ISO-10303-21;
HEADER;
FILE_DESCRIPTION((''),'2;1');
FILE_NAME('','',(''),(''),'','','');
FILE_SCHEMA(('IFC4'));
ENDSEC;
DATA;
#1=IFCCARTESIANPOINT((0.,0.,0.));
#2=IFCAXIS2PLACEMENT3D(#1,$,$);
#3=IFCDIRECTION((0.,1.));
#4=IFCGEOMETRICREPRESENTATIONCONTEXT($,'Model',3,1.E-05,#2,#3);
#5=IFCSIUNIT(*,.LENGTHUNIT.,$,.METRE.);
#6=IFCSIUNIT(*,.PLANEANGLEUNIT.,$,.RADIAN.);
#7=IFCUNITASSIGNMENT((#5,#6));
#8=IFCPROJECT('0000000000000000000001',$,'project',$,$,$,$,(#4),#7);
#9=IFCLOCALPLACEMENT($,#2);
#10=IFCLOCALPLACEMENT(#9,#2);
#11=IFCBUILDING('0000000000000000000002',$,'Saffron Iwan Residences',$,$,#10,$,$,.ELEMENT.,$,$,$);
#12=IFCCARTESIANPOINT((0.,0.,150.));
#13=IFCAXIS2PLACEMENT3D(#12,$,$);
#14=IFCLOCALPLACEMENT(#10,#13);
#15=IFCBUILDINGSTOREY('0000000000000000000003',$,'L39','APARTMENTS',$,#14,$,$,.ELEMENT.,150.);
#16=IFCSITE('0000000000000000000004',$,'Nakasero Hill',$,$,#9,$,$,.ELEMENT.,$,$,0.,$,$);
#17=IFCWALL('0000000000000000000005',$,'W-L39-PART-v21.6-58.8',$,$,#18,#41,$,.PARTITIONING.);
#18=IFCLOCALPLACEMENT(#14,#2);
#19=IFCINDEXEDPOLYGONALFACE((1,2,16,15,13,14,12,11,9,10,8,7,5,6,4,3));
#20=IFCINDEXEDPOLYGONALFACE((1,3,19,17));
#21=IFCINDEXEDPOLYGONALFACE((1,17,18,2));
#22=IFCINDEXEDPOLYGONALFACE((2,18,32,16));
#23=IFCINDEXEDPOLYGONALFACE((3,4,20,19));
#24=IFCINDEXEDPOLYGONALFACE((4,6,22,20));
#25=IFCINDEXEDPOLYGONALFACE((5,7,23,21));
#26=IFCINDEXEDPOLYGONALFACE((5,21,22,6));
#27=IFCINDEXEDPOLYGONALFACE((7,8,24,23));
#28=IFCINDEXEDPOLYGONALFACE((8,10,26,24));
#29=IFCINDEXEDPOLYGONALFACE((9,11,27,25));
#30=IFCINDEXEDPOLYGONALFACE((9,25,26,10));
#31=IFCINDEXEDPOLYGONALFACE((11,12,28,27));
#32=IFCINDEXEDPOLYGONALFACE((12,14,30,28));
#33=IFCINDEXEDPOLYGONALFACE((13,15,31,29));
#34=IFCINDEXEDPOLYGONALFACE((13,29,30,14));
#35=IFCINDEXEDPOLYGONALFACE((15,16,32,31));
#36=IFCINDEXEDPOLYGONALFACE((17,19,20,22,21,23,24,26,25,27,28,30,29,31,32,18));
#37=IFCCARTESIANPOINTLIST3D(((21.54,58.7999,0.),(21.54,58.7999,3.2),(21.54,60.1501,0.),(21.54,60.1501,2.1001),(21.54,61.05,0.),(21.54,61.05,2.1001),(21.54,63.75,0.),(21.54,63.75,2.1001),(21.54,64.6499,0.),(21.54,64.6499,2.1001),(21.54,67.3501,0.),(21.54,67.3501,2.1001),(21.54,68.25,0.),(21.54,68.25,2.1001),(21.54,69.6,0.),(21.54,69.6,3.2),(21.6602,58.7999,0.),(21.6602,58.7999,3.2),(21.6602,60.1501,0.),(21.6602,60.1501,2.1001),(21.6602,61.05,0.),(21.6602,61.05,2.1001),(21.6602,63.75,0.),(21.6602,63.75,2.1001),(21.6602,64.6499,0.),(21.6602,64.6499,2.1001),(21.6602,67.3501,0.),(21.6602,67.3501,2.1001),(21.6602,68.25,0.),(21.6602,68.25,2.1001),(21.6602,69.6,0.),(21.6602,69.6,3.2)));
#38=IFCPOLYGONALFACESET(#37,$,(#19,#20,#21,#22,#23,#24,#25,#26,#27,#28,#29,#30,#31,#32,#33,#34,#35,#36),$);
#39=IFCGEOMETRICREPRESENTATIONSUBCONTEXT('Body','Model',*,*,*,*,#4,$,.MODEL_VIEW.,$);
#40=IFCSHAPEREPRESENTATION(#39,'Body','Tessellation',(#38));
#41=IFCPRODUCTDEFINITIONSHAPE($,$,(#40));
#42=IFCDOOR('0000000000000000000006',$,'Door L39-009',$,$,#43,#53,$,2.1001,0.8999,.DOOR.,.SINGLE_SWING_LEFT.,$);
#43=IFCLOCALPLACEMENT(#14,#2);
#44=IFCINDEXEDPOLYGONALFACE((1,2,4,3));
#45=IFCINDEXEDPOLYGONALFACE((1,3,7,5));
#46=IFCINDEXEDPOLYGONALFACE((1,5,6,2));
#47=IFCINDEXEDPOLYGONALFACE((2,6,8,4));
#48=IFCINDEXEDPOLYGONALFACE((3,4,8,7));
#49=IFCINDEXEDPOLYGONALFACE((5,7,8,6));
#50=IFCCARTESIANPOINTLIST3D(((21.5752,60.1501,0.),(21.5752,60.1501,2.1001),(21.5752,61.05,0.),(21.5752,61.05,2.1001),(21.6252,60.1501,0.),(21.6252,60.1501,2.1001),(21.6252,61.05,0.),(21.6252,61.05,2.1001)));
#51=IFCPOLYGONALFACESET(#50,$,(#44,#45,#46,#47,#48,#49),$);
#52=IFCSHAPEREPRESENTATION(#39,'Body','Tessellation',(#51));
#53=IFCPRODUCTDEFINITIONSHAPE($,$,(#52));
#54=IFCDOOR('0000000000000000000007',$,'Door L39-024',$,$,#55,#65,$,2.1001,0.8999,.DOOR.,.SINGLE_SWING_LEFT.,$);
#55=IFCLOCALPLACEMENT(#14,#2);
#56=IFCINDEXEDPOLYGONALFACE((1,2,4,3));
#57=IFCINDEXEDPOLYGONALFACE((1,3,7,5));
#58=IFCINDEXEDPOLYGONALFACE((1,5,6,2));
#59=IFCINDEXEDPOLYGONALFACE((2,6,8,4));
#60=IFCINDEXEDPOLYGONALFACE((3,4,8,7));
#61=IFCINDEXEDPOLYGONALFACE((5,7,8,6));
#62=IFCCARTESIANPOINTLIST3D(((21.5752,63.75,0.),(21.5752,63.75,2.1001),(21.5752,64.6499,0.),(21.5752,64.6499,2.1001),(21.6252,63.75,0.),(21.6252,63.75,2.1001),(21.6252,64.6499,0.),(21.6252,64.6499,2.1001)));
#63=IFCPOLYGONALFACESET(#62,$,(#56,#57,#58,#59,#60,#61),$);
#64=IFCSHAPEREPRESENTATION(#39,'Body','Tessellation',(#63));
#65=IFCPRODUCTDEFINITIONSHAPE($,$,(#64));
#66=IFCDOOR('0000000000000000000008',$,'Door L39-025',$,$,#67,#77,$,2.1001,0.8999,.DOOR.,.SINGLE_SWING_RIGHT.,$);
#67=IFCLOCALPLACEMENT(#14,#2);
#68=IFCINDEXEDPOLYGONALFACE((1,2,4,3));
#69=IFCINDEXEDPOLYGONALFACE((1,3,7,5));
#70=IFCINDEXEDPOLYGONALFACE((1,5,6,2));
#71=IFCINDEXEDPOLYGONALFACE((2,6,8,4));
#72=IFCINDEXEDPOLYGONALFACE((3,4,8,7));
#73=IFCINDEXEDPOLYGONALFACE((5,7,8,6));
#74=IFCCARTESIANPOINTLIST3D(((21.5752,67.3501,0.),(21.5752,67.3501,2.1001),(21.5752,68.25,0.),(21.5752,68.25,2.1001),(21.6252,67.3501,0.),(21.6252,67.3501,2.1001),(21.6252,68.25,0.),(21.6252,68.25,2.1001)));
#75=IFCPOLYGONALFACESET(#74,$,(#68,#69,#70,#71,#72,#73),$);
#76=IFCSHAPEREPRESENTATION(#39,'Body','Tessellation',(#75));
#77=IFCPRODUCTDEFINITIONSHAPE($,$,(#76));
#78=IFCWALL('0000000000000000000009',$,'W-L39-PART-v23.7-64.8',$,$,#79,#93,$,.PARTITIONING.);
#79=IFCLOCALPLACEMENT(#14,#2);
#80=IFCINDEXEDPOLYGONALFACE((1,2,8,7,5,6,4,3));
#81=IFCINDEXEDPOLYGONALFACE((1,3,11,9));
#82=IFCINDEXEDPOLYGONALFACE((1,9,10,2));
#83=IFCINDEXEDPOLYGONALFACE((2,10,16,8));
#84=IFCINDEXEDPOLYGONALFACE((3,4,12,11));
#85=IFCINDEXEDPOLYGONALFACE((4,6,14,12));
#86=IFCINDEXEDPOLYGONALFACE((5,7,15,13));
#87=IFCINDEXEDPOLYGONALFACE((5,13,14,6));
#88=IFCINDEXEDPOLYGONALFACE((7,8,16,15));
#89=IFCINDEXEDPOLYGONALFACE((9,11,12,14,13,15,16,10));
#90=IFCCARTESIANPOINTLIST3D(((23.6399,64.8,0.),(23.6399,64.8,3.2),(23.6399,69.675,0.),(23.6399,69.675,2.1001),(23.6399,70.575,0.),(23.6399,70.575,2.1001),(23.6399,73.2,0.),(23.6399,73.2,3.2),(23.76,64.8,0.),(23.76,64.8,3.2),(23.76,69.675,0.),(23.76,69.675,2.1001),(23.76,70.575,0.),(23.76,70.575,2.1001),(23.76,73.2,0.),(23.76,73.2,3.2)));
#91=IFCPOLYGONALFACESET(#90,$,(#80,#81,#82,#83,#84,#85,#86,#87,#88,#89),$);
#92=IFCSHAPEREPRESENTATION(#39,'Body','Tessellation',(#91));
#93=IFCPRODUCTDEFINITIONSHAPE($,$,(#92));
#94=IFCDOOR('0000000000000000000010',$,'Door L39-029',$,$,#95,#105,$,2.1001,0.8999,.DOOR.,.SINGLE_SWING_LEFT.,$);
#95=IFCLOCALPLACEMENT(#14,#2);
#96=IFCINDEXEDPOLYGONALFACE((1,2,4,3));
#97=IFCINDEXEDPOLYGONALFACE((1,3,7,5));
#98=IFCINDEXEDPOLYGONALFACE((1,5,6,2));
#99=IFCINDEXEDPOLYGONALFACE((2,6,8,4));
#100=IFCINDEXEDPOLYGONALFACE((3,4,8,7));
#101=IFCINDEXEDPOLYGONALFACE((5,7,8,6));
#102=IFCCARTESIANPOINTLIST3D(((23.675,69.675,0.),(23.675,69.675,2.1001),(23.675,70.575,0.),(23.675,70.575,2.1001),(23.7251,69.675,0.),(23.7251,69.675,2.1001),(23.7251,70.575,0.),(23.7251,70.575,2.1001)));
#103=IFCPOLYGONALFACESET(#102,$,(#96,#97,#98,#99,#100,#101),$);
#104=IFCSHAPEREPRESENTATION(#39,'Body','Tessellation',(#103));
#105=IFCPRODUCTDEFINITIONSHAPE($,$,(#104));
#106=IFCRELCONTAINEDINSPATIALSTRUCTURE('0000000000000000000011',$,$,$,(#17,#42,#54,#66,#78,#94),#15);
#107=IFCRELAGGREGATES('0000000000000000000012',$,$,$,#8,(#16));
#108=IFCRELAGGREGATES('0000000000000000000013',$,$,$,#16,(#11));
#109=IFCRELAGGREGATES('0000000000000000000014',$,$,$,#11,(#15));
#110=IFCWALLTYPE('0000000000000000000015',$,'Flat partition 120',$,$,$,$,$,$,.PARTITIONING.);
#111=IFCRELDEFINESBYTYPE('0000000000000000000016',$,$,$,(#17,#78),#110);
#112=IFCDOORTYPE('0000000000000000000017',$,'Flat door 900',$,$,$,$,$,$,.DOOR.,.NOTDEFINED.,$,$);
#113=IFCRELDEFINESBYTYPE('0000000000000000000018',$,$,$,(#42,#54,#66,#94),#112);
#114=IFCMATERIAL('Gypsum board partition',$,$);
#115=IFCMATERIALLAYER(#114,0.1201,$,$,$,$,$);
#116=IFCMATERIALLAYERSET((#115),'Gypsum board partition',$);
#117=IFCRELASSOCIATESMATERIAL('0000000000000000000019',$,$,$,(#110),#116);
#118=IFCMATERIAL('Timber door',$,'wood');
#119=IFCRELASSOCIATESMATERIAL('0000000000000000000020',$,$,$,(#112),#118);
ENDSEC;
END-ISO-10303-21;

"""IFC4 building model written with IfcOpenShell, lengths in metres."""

from ifc_helpers import new_model, si_unit, direction, frame, frame_2d, origin, place, context, subcontext, project, spatial, rectangle, extrude, material, layer, layer_set, type_object, element, fill, save


model = new_model("IFC4")

# Units and contexts
model_context = context("Model", 3, precision=1e-05, world=origin(), true_north=direction((0.0, 1.0)))
body_context = subcontext(model_context, "Body", "Model", "MODEL_VIEW")
ifc_project = project(units=[si_unit("LENGTHUNIT", "METRE"), si_unit("PLANEANGLEUNIT", "RADIAN")], contexts=[model_context])

# Site, building, storey
site_placement = place(None, origin())
site = spatial("IfcSite", under=ifc_project, at=site_placement, Name="Nakasero Hill", CompositionType="ELEMENT", RefElevation=0.0)
building_placement = place(site_placement, origin())
building = spatial("IfcBuilding", under=site, at=building_placement, Name="Saffron Iwan Residences", CompositionType="ELEMENT")
storey_placement = place(building_placement, frame((0.0, 0.0, 150.0)))
storey = spatial("IfcBuildingStorey", under=building, at=storey_placement, Name="L39", Description="APARTMENTS", CompositionType="ELEMENT", Elevation=150.0)

# Shared definitions
ifc_material_1 = material(Name="Gypsum board partition")
ifc_layer_1 = layer(ifc_material_1, 0.1201)
ifc_layer_set_1 = layer_set([ifc_layer_1], Name="Gypsum board partition")
wall_type_1 = type_object("IfcWallType", Name="Flat partition 120", PredefinedType="PARTITIONING", material=ifc_layer_set_1)

# Shared definitions
ifc_material_2 = material(Name="Timber door", Category="wood")

# Shared definitions
door_type_1 = type_object("IfcDoorType", Name="Flat door 900", OperationType="NOTDEFINED", PredefinedType="DOOR", material=ifc_material_2)

# Wall, openings, doors
wall_1_placement = place(storey_placement, frame((21.6001, 58.8, 0.0), z_axis=(0.0, 0.0, 1.0), x_axis=(0.0, 1.0, 0.0)))
wall_1 = element("IfcWall", 1, at=wall_1_placement, inside=storey, type_object=wall_type_1, Name="W-L39-PART-v21.6-58.8", PredefinedType="PARTITIONING", context=body_context, shape_type="SweptSolid", body=[
    extrude(rectangle(XDim=10.8, YDim=0.1201, at=frame_2d((5.3999, 0.0))), origin(), (0.0, 0.0, 1.0), 3.2),
])
opening_1_placement = place(wall_1_placement, frame((1.3501, 0.0, 0.0)))
opening_1 = element("IfcOpeningElement", 2, at=opening_1_placement, cuts=wall_1, PredefinedType="OPENING", context=body_context, shape_type="SweptSolid", body=[
    extrude(rectangle(XDim=0.8999, YDim=2.1001, at=frame_2d((0.45, 1.05))), frame((0.0, 0.0701, 0.0), z_axis=(0.0, -1.0, 0.0), x_axis=(1.0, 0.0, 0.0)), (0.0, 0.0, 1.0), 0.1401),
])
opening_2_placement = place(wall_1_placement, frame((4.95, 0.0, 0.0)))
opening_2 = element("IfcOpeningElement", 3, at=opening_2_placement, cuts=wall_1, PredefinedType="OPENING", context=body_context, shape_type="SweptSolid", body=[
    extrude(rectangle(XDim=0.8999, YDim=2.1001, at=frame_2d((0.45, 1.05))), frame((0.0, 0.0701, 0.0), z_axis=(0.0, -1.0, 0.0), x_axis=(1.0, 0.0, 0.0)), (0.0, 0.0, 1.0), 0.1401),
])
opening_3_placement = place(wall_1_placement, frame((8.55, 0.0, 0.0)))
opening_3 = element("IfcOpeningElement", 4, at=opening_3_placement, cuts=wall_1, PredefinedType="OPENING", context=body_context, shape_type="SweptSolid", body=[
    extrude(rectangle(XDim=0.8999, YDim=2.1001, at=frame_2d((0.45, 1.05))), frame((0.0, 0.0701, 0.0), z_axis=(0.0, -1.0, 0.0), x_axis=(1.0, 0.0, 0.0)), (0.0, 0.0, 1.0), 0.1401),
])
door_1_placement = place(opening_1_placement, origin())
door_1 = element("IfcDoor", 5, at=door_1_placement, inside=storey, type_object=door_type_1, Name="Door L39-009", OperationType="SINGLE_SWING_LEFT", OverallHeight=2.1001, OverallWidth=0.8999, PredefinedType="DOOR", context=body_context, shape_type="SweptSolid", body=[
    extrude(rectangle(XDim=0.8999, YDim=2.1001, at=frame_2d((0.45, 1.05))), frame((0.0, 0.0249, 0.0), z_axis=(0.0, -1.0, 0.0), x_axis=(1.0, 0.0, 0.0)), (0.0, 0.0, 1.0), 0.05),
])
fill(opening_1, door_1)
door_2_placement = place(opening_2_placement, origin())
door_2 = element("IfcDoor", 6, at=door_2_placement, inside=storey, type_object=door_type_1, Name="Door L39-024", OperationType="SINGLE_SWING_LEFT", OverallHeight=2.1001, OverallWidth=0.8999, PredefinedType="DOOR", context=body_context, shape_type="SweptSolid", body=[
    extrude(rectangle(XDim=0.8999, YDim=2.1001, at=frame_2d((0.45, 1.05))), frame((0.0, 0.0249, 0.0), z_axis=(0.0, -1.0, 0.0), x_axis=(1.0, 0.0, 0.0)), (0.0, 0.0, 1.0), 0.05),
])
fill(opening_2, door_2)
door_3_placement = place(opening_3_placement, origin())
door_3 = element("IfcDoor", 7, at=door_3_placement, inside=storey, type_object=door_type_1, Name="Door L39-025", OperationType="SINGLE_SWING_RIGHT", OverallHeight=2.1001, OverallWidth=0.8999, PredefinedType="DOOR", context=body_context, shape_type="SweptSolid", body=[
    extrude(rectangle(XDim=0.8999, YDim=2.1001, at=frame_2d((0.45, 1.05))), frame((0.0, 0.0249, 0.0), z_axis=(0.0, -1.0, 0.0), x_axis=(1.0, 0.0, 0.0)), (0.0, 0.0, 1.0), 0.05),
])
fill(opening_3, door_3)

# Wall, opening, door
wall_2_placement = place(storey_placement, frame((23.7, 64.8, 0.0), z_axis=(0.0, 0.0, 1.0), x_axis=(0.0, 1.0, 0.0)))
wall_2 = element("IfcWall", 8, at=wall_2_placement, inside=storey, type_object=wall_type_1, Name="W-L39-PART-v23.7-64.8", PredefinedType="PARTITIONING", context=body_context, shape_type="SweptSolid", body=[
    extrude(rectangle(XDim=8.3999, YDim=0.1201, at=frame_2d((4.2, 0.0))), origin(), (0.0, 0.0, 1.0), 3.2),
])
opening_4_placement = place(wall_2_placement, frame((4.875, 0.0, 0.0)))
opening_4 = element("IfcOpeningElement", 9, at=opening_4_placement, cuts=wall_2, PredefinedType="OPENING", context=body_context, shape_type="SweptSolid", body=[
    extrude(rectangle(XDim=0.8999, YDim=2.1001, at=frame_2d((0.45, 1.05))), frame((0.0, 0.0701, 0.0), z_axis=(0.0, -1.0, 0.0), x_axis=(1.0, 0.0, 0.0)), (0.0, 0.0, 1.0), 0.1401),
])
door_4_placement = place(opening_4_placement, origin())
door_4 = element("IfcDoor", 10, at=door_4_placement, inside=storey, type_object=door_type_1, Name="Door L39-029", OperationType="SINGLE_SWING_LEFT", OverallHeight=2.1001, OverallWidth=0.8999, PredefinedType="DOOR", context=body_context, shape_type="SweptSolid", body=[
    extrude(rectangle(XDim=0.8999, YDim=2.1001, at=frame_2d((0.45, 1.05))), frame((0.0, 0.0249, 0.0), z_axis=(0.0, -1.0, 0.0), x_axis=(1.0, 0.0, 0.0)), (0.0, 0.0, 1.0), 0.05),
])
fill(opening_4, door_4)

save(model, "model.ifc")
